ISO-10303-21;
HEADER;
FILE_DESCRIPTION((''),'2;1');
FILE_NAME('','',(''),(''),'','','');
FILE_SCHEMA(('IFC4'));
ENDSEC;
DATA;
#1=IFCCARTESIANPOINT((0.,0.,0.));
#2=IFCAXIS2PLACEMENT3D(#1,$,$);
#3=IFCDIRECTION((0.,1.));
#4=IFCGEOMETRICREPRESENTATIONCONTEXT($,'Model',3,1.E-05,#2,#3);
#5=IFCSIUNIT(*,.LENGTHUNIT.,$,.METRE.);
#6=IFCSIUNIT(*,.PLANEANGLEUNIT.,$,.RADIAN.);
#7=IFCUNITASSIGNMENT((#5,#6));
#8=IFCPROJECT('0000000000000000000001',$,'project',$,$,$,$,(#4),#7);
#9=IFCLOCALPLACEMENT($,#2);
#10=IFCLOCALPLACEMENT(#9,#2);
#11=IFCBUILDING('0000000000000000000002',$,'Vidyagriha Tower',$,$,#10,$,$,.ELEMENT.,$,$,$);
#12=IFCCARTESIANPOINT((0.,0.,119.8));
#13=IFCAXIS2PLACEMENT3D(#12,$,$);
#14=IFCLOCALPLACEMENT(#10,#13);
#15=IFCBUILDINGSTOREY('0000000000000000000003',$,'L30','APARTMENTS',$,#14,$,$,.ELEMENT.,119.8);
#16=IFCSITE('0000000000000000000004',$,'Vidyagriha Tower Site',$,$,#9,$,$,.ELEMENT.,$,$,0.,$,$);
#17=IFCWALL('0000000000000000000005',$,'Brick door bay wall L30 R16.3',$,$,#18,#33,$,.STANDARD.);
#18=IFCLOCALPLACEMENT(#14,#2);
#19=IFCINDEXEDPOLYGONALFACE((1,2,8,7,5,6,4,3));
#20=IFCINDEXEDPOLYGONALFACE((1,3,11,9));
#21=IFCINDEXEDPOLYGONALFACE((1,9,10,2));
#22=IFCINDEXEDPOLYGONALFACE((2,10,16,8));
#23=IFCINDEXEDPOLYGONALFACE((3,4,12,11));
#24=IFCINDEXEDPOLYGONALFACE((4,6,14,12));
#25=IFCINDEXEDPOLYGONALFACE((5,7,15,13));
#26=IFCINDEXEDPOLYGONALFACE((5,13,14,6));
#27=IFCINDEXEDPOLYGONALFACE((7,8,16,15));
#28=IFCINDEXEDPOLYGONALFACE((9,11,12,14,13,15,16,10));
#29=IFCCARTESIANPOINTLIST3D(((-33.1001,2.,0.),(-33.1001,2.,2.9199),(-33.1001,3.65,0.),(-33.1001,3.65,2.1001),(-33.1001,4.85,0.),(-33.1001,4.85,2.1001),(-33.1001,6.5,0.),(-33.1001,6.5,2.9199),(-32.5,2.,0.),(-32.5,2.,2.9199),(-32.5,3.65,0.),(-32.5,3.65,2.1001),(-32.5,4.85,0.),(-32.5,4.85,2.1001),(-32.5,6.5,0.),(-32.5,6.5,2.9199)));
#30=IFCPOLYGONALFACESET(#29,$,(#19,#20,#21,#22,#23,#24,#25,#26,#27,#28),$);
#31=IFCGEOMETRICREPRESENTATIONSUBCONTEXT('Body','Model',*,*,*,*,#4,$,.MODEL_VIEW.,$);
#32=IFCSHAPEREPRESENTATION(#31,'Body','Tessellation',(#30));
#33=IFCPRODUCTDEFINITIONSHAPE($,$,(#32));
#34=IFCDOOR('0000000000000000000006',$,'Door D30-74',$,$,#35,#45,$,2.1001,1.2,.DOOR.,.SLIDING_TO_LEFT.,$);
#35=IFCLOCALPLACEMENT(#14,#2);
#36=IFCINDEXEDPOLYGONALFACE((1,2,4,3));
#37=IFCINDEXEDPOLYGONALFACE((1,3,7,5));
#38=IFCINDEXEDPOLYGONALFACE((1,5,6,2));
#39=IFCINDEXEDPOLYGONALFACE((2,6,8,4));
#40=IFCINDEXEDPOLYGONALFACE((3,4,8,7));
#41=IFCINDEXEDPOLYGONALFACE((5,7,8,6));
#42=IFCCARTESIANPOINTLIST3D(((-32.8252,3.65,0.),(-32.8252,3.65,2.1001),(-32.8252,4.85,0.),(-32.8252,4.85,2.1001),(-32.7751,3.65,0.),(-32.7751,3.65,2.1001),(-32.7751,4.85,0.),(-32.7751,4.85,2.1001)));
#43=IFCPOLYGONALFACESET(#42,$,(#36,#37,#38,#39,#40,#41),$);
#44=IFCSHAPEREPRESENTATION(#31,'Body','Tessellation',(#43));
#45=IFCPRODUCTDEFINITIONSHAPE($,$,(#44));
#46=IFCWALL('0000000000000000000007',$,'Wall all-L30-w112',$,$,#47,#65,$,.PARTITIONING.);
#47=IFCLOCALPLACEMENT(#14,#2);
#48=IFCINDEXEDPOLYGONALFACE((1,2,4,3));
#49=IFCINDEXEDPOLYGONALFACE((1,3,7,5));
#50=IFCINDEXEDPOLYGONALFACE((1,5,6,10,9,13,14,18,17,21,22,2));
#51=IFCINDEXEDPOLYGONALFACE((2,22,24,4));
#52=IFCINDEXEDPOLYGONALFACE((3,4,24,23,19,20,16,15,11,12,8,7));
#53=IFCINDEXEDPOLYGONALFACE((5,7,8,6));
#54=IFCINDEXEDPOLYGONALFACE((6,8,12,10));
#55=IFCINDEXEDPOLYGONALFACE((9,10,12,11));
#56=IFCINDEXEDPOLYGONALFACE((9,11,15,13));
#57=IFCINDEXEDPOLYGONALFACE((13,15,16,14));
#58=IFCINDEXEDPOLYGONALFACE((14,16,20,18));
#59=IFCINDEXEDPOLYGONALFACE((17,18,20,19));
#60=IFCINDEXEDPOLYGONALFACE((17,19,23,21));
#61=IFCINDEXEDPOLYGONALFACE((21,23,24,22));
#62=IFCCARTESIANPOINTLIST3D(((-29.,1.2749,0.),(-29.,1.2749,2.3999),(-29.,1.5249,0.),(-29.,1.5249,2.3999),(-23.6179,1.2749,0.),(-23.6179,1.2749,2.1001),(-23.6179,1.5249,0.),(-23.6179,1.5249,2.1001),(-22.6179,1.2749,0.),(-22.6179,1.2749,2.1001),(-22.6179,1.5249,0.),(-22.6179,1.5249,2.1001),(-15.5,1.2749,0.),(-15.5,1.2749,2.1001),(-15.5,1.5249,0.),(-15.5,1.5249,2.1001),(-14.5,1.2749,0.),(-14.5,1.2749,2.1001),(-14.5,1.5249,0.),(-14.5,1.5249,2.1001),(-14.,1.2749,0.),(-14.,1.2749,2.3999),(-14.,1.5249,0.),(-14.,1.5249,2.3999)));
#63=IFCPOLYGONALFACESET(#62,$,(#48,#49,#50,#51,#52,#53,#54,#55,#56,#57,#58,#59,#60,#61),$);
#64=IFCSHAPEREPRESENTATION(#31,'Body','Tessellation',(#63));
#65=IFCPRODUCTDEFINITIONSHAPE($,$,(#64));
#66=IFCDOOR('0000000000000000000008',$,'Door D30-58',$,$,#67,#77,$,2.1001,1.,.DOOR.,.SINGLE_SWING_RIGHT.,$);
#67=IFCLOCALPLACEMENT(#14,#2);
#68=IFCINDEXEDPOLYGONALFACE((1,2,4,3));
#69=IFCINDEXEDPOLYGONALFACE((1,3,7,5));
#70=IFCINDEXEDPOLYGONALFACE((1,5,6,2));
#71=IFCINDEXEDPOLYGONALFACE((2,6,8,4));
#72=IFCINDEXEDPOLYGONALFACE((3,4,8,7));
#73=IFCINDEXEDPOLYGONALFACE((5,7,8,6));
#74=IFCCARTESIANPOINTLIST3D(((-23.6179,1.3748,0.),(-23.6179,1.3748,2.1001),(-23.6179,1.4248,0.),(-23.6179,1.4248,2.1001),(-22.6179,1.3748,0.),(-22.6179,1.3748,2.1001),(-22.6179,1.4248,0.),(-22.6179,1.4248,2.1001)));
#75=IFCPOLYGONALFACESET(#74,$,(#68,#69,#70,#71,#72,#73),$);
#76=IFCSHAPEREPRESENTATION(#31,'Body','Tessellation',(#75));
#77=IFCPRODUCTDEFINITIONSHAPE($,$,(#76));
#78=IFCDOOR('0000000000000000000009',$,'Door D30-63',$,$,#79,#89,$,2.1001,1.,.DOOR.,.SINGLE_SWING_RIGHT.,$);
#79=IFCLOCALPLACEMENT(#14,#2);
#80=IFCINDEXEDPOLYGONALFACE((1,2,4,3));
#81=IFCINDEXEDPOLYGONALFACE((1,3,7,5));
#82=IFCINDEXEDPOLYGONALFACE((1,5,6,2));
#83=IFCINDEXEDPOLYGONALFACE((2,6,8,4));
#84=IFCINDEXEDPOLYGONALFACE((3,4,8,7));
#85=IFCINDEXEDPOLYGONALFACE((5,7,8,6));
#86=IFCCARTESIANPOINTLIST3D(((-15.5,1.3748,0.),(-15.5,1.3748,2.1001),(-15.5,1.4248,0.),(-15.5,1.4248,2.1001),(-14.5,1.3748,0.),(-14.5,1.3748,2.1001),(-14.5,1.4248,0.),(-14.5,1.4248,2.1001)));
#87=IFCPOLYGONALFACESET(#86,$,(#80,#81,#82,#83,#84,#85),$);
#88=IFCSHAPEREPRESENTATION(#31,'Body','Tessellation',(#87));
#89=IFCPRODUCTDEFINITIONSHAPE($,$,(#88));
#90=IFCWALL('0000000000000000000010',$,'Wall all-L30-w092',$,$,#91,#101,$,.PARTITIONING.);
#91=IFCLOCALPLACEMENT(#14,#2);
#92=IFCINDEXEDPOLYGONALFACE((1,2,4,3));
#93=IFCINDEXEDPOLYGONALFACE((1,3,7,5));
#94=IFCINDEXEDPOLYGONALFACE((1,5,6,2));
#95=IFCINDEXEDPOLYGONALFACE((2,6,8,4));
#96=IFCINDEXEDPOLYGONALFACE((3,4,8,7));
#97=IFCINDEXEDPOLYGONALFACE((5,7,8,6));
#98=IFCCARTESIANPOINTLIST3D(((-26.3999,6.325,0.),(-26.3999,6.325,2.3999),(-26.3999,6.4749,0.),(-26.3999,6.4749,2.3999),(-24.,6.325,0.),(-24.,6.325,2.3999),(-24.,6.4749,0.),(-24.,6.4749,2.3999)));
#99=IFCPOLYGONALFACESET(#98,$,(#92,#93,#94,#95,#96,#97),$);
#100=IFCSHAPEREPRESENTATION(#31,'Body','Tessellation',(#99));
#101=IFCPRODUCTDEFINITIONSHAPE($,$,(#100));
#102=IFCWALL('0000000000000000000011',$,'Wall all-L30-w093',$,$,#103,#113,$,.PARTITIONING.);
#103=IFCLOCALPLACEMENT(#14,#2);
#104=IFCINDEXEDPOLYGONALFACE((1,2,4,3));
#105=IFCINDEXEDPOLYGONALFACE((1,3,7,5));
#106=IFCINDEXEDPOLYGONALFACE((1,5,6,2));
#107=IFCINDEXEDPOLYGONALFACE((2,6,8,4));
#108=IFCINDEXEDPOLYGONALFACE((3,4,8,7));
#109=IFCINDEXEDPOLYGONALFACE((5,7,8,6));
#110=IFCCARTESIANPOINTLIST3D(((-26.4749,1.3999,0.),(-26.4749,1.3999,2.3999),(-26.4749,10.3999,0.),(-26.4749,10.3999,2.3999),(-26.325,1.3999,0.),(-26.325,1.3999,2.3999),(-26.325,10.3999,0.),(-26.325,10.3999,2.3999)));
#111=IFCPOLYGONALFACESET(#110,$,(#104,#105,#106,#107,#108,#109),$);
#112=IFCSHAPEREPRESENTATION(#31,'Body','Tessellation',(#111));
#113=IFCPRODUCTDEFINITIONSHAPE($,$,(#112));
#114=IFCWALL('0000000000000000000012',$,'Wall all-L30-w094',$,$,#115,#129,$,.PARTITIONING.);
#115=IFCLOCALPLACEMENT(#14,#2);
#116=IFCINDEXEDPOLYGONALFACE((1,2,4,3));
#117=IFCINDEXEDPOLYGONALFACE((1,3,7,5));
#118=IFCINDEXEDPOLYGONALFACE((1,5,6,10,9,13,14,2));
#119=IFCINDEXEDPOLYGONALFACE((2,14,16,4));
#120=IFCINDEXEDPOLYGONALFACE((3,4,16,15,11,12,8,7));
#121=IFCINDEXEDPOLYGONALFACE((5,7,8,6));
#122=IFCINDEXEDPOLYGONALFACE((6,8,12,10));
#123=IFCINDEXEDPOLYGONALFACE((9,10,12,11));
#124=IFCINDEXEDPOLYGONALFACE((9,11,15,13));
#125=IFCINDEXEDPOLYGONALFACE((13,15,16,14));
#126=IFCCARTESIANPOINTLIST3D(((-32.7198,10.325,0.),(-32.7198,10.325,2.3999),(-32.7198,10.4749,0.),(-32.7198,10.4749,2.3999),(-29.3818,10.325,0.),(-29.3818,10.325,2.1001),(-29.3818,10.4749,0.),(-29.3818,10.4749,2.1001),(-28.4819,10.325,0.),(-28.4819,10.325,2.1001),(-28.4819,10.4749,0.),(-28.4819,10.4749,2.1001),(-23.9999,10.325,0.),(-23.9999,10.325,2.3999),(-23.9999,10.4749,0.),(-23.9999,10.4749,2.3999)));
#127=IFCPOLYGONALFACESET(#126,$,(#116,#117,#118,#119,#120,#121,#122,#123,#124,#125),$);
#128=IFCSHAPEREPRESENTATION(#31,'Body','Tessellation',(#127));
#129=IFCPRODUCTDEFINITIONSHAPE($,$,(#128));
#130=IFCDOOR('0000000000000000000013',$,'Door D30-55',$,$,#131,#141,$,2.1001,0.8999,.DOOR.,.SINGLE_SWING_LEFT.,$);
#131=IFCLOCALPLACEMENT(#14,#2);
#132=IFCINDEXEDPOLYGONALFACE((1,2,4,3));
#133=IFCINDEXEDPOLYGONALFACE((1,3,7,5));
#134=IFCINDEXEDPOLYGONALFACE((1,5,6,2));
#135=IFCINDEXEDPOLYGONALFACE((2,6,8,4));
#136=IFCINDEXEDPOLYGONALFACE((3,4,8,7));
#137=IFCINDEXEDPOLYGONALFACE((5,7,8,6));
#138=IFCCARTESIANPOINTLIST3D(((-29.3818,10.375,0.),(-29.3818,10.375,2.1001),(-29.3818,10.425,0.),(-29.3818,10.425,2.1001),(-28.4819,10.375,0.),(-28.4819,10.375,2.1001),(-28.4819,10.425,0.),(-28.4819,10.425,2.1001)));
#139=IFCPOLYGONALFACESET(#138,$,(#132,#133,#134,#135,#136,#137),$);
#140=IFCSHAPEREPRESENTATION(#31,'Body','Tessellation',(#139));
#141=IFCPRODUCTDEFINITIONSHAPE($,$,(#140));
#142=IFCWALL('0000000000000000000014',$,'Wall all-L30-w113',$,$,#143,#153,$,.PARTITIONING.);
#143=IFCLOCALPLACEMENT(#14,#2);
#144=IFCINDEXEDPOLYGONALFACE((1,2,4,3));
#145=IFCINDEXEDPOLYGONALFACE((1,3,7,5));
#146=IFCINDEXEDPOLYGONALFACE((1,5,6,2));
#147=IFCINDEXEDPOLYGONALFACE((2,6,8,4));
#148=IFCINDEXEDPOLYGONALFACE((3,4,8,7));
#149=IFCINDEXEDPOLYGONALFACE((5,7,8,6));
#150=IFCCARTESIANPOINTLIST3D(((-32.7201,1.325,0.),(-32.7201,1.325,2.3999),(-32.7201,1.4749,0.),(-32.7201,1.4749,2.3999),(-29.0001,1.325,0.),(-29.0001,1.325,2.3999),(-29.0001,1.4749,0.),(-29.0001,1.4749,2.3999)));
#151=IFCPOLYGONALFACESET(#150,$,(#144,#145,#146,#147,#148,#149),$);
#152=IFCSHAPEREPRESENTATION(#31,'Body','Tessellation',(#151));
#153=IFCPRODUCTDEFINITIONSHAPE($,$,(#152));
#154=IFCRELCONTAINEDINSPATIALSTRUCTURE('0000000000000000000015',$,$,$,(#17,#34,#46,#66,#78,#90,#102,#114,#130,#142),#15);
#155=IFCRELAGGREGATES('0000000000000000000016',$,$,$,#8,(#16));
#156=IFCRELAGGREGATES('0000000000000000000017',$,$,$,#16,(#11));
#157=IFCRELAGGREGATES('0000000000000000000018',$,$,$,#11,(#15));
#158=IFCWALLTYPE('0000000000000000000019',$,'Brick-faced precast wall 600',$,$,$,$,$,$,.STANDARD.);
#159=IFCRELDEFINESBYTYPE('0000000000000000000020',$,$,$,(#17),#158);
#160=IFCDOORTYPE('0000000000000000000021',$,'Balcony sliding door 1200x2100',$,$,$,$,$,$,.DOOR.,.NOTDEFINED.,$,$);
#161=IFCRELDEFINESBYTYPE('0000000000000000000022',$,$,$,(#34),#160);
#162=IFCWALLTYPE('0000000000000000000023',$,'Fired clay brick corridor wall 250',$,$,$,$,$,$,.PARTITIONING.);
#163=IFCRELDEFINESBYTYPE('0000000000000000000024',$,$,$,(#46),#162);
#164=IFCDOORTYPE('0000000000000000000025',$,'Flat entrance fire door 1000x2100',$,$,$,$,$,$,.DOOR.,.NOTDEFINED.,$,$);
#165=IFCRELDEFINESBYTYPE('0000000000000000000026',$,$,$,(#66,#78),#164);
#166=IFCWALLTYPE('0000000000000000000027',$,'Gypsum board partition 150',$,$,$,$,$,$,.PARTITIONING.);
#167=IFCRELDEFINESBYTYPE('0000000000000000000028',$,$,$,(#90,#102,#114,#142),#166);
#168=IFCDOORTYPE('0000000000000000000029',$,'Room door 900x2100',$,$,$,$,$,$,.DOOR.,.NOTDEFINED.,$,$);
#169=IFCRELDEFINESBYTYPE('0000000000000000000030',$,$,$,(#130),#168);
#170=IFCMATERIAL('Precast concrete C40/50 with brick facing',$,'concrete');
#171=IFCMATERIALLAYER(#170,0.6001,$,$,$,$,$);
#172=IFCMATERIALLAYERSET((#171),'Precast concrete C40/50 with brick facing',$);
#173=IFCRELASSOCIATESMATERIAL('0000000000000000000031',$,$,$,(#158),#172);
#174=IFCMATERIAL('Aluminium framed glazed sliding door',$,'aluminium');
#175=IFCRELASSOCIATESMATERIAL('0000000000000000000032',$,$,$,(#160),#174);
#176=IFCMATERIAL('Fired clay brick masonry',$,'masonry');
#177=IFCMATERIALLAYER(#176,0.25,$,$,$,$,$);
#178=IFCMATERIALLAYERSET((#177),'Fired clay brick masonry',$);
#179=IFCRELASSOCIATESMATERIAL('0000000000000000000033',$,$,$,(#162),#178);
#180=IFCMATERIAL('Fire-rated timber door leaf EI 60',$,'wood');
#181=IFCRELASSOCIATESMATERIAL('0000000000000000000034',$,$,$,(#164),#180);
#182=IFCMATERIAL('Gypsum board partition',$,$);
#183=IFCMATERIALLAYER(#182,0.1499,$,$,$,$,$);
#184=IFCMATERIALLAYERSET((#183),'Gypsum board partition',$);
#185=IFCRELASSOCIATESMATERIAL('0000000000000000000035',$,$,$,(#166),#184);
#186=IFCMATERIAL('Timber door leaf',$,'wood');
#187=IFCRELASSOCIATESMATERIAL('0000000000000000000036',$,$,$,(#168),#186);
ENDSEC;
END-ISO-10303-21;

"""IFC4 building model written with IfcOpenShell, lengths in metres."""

from ifc_helpers import new_model, si_unit, direction, frame, frame_2d, origin, place, context, subcontext, project, spatial, rectangle, extrude, material, layer, layer_set, type_object, element, fill, save


model = new_model("IFC4")

# Units and contexts
model_context = context("Model", 3, precision=1e-05, world=origin(), true_north=direction((0.0, 1.0)))
body_context = subcontext(model_context, "Body", "Model", "MODEL_VIEW")
ifc_project = project(units=[si_unit("LENGTHUNIT", "METRE"), si_unit("PLANEANGLEUNIT", "RADIAN")], contexts=[model_context])

# Site, building, storey
site_placement = place(None, origin())
site = spatial("IfcSite", under=ifc_project, at=site_placement, Name="Vidyagriha Tower Site", CompositionType="ELEMENT", RefElevation=0.0)
building_placement = place(site_placement, origin())
building = spatial("IfcBuilding", under=site, at=building_placement, Name="Vidyagriha Tower", CompositionType="ELEMENT")
storey_placement = place(building_placement, frame((0.0, 0.0, 119.8)))
storey = spatial("IfcBuildingStorey", under=building, at=storey_placement, Name="L30", Description="APARTMENTS", CompositionType="ELEMENT", Elevation=119.8)

# Wall, opening, door
ifc_material_1 = material(Name="Precast concrete C40/50 with brick facing", Category="concrete")
ifc_layer_1 = layer(ifc_material_1, 0.6001)
ifc_layer_set_1 = layer_set([ifc_layer_1], Name="Precast concrete C40/50 with brick facing")
wall_type_1 = type_object("IfcWallType", Name="Brick-faced precast wall 600", PredefinedType="STANDARD", material=ifc_layer_set_1)
wall_1_placement = place(storey_placement, frame((-32.8, 6.5, 0.0), z_axis=(0.0, 0.0, 1.0), x_axis=(0.0, -1.0, 0.0)))
wall_1 = element("IfcWall", 1, at=wall_1_placement, inside=storey, type_object=wall_type_1, Name="Brick door bay wall L30 R16.3", PredefinedType="STANDARD", context=body_context, shape_type="SweptSolid", body=[
    extrude(rectangle(XDim=4.5, YDim=0.6001, at=frame_2d((2.25, 0.0))), origin(), (0.0, 0.0, 1.0), 2.9199),
])
opening_1_placement = place(wall_1_placement, frame((1.6499, 0.0, 0.0)))
opening_1 = element("IfcOpeningElement", 2, at=opening_1_placement, cuts=wall_1, PredefinedType="OPENING", context=body_context, shape_type="SweptSolid", body=[
    extrude(rectangle(XDim=1.2, YDim=2.1001, at=frame_2d((0.6001, 1.05))), frame((0.0, 0.3101, 0.0), z_axis=(0.0, -1.0, 0.0), x_axis=(1.0, 0.0, 0.0)), (0.0, 0.0, 1.0), 0.6201),
])
ifc_material_2 = material(Name="Aluminium framed glazed sliding door", Category="aluminium")
door_type_1 = type_object("IfcDoorType", Name="Balcony sliding door 1200x2100", OperationType="NOTDEFINED", PredefinedType="DOOR", material=ifc_material_2)
door_1_placement = place(opening_1_placement, origin())
door_1 = element("IfcDoor", 3, at=door_1_placement, inside=storey, type_object=door_type_1, Name="Door D30-74", OperationType="SLIDING_TO_LEFT", OverallHeight=2.1001, OverallWidth=1.2, PredefinedType="DOOR", context=body_context, shape_type="SweptSolid", body=[
    extrude(rectangle(XDim=1.2, YDim=2.1001, at=frame_2d((0.6001, 1.05))), frame((0.0, 0.0249, 0.0), z_axis=(0.0, -1.0, 0.0), x_axis=(1.0, 0.0, 0.0)), (0.0, 0.0, 1.0), 0.05),
])
fill(opening_1, door_1)

# Wall, openings, doors
ifc_material_3 = material(Name="Fired clay brick masonry", Category="masonry")
ifc_layer_2 = layer(ifc_material_3, 0.25)
ifc_layer_set_2 = layer_set([ifc_layer_2], Name="Fired clay brick masonry")
wall_type_2 = type_object("IfcWallType", Name="Fired clay brick corridor wall 250", PredefinedType="PARTITIONING", material=ifc_layer_set_2)
wall_2_placement = place(storey_placement, frame((-29.0, 1.3999, 0.0)))
wall_2 = element("IfcWall", 4, at=wall_2_placement, inside=storey, type_object=wall_type_2, Name="Wall all-L30-w112", PredefinedType="PARTITIONING", context=body_context, shape_type="SweptSolid", body=[
    extrude(rectangle(XDim=15.0, YDim=0.25, at=frame_2d((7.5, 0.0))), origin(), (0.0, 0.0, 1.0), 2.3999),
])
opening_2_placement = place(wall_2_placement, frame((5.3821, 0.0, 0.0)))
opening_2 = element("IfcOpeningElement", 5, at=opening_2_placement, cuts=wall_2, PredefinedType="OPENING", context=body_context, shape_type="SweptSolid", body=[
    extrude(rectangle(XDim=1.0, YDim=2.1001, at=frame_2d((0.5, 1.05))), frame((0.0, 0.135, 0.0), z_axis=(0.0, -1.0, 0.0), x_axis=(1.0, 0.0, 0.0)), (0.0, 0.0, 1.0), 0.27),
])
opening_3_placement = place(wall_2_placement, frame((13.5, 0.0, 0.0)))
opening_3 = element("IfcOpeningElement", 6, at=opening_3_placement, cuts=wall_2, PredefinedType="OPENING", context=body_context, shape_type="SweptSolid", body=[
    extrude(rectangle(XDim=1.0, YDim=2.1001, at=frame_2d((0.5, 1.05))), frame((0.0, 0.135, 0.0), z_axis=(0.0, -1.0, 0.0), x_axis=(1.0, 0.0, 0.0)), (0.0, 0.0, 1.0), 0.27),
])
ifc_material_4 = material(Name="Fire-rated timber door leaf EI 60", Category="wood")
door_type_2 = type_object("IfcDoorType", Name="Flat entrance fire door 1000x2100", OperationType="NOTDEFINED", PredefinedType="DOOR", material=ifc_material_4)
door_2_placement = place(opening_2_placement, origin())
door_2 = element("IfcDoor", 7, at=door_2_placement, inside=storey, type_object=door_type_2, Name="Door D30-58", OperationType="SINGLE_SWING_RIGHT", OverallHeight=2.1001, OverallWidth=1.0, PredefinedType="DOOR", context=body_context, shape_type="SweptSolid", body=[
    extrude(rectangle(XDim=1.0, YDim=2.1001, at=frame_2d((0.5, 1.05))), frame((0.0, 0.0249, 0.0), z_axis=(0.0, -1.0, 0.0), x_axis=(1.0, 0.0, 0.0)), (0.0, 0.0, 1.0), 0.05),
])
fill(opening_2, door_2)
door_3_placement = place(opening_3_placement, origin())
door_3 = element("IfcDoor", 8, at=door_3_placement, inside=storey, type_object=door_type_2, Name="Door D30-63", OperationType="SINGLE_SWING_RIGHT", OverallHeight=2.1001, OverallWidth=1.0, PredefinedType="DOOR", context=body_context, shape_type="SweptSolid", body=[
    extrude(rectangle(XDim=1.0, YDim=2.1001, at=frame_2d((0.5, 1.05))), frame((0.0, 0.0249, 0.0), z_axis=(0.0, -1.0, 0.0), x_axis=(1.0, 0.0, 0.0)), (0.0, 0.0, 1.0), 0.05),
])
fill(opening_3, door_3)

# Walls
ifc_material_5 = material(Name="Gypsum board partition")
ifc_layer_3 = layer(ifc_material_5, 0.1499)
ifc_layer_set_3 = layer_set([ifc_layer_3], Name="Gypsum board partition")
wall_type_3 = type_object("IfcWallType", Name="Gypsum board partition 150", PredefinedType="PARTITIONING", material=ifc_layer_set_3)
wall_3_placement = place(storey_placement, frame((-26.3999, 6.3999, 0.0)))
element("IfcWall", 9, at=wall_3_placement, inside=storey, type_object=wall_type_3, Name="Wall all-L30-w092", PredefinedType="PARTITIONING", context=body_context, shape_type="SweptSolid", body=[
    extrude(rectangle(XDim=2.3999, YDim=0.1499, at=frame_2d((1.2, 0.0))), origin(), (0.0, 0.0, 1.0), 2.3999),
])
wall_4_placement = place(storey_placement, frame((-26.3999, 1.3999, 0.0), z_axis=(0.0, 0.0, 1.0), x_axis=(0.0, 1.0, 0.0)))
element("IfcWall", 10, at=wall_4_placement, inside=storey, type_object=wall_type_3, Name="Wall all-L30-w093", PredefinedType="PARTITIONING", context=body_context, shape_type="SweptSolid", body=[
    extrude(rectangle(XDim=9.0, YDim=0.1499, at=frame_2d((4.5, 0.0))), origin(), (0.0, 0.0, 1.0), 2.3999),
])

# Wall, opening, door
wall_5_placement = place(storey_placement, frame((-24.0, 10.3999, 0.0), z_axis=(0.0, 0.0, 1.0), x_axis=(-1.0, 0.0, 0.0)))
wall_5 = element("IfcWall", 11, at=wall_5_placement, inside=storey, type_object=wall_type_3, Name="Wall all-L30-w094", PredefinedType="PARTITIONING", context=body_context, shape_type="SweptSolid", body=[
    extrude(rectangle(XDim=8.72, YDim=0.1499, at=frame_2d((4.3599, 0.0))), origin(), (0.0, 0.0, 1.0), 2.3999),
])
opening_4_placement = place(wall_5_placement, frame((4.4819, 0.0, 0.0)))
opening_4 = element("IfcOpeningElement", 12, at=opening_4_placement, cuts=wall_5, PredefinedType="OPENING", context=body_context, shape_type="SweptSolid", body=[
    extrude(rectangle(XDim=0.8999, YDim=2.1001, at=frame_2d((0.45, 1.05))), frame((0.0, 0.085, 0.0), z_axis=(0.0, -1.0, 0.0), x_axis=(1.0, 0.0, 0.0)), (0.0, 0.0, 1.0), 0.1699),
])
ifc_material_6 = material(Name="Timber door leaf", Category="wood")
door_type_3 = type_object("IfcDoorType", Name="Room door 900x2100", OperationType="NOTDEFINED", PredefinedType="DOOR", material=ifc_material_6)
door_4_placement = place(opening_4_placement, origin())
door_4 = element("IfcDoor", 13, at=door_4_placement, inside=storey, type_object=door_type_3, Name="Door D30-55", OperationType="SINGLE_SWING_LEFT", OverallHeight=2.1001, OverallWidth=0.8999, PredefinedType="DOOR", context=body_context, shape_type="SweptSolid", body=[
    extrude(rectangle(XDim=0.8999, YDim=2.1001, at=frame_2d((0.45, 1.05))), frame((0.0, 0.0249, 0.0), z_axis=(0.0, -1.0, 0.0), x_axis=(1.0, 0.0, 0.0)), (0.0, 0.0, 1.0), 0.05),
])
fill(opening_4, door_4)

# Wall
wall_6_placement = place(storey_placement, frame((-32.72, 1.3999, 0.0)))
element("IfcWall", 14, at=wall_6_placement, inside=storey, type_object=wall_type_3, Name="Wall all-L30-w113", PredefinedType="PARTITIONING", context=body_context, shape_type="SweptSolid", body=[
    extrude(rectangle(XDim=3.72, YDim=0.1499, at=frame_2d((1.8599, 0.0))), origin(), (0.0, 0.0, 1.0), 2.3999),
])

save(model, "model.ifc")
